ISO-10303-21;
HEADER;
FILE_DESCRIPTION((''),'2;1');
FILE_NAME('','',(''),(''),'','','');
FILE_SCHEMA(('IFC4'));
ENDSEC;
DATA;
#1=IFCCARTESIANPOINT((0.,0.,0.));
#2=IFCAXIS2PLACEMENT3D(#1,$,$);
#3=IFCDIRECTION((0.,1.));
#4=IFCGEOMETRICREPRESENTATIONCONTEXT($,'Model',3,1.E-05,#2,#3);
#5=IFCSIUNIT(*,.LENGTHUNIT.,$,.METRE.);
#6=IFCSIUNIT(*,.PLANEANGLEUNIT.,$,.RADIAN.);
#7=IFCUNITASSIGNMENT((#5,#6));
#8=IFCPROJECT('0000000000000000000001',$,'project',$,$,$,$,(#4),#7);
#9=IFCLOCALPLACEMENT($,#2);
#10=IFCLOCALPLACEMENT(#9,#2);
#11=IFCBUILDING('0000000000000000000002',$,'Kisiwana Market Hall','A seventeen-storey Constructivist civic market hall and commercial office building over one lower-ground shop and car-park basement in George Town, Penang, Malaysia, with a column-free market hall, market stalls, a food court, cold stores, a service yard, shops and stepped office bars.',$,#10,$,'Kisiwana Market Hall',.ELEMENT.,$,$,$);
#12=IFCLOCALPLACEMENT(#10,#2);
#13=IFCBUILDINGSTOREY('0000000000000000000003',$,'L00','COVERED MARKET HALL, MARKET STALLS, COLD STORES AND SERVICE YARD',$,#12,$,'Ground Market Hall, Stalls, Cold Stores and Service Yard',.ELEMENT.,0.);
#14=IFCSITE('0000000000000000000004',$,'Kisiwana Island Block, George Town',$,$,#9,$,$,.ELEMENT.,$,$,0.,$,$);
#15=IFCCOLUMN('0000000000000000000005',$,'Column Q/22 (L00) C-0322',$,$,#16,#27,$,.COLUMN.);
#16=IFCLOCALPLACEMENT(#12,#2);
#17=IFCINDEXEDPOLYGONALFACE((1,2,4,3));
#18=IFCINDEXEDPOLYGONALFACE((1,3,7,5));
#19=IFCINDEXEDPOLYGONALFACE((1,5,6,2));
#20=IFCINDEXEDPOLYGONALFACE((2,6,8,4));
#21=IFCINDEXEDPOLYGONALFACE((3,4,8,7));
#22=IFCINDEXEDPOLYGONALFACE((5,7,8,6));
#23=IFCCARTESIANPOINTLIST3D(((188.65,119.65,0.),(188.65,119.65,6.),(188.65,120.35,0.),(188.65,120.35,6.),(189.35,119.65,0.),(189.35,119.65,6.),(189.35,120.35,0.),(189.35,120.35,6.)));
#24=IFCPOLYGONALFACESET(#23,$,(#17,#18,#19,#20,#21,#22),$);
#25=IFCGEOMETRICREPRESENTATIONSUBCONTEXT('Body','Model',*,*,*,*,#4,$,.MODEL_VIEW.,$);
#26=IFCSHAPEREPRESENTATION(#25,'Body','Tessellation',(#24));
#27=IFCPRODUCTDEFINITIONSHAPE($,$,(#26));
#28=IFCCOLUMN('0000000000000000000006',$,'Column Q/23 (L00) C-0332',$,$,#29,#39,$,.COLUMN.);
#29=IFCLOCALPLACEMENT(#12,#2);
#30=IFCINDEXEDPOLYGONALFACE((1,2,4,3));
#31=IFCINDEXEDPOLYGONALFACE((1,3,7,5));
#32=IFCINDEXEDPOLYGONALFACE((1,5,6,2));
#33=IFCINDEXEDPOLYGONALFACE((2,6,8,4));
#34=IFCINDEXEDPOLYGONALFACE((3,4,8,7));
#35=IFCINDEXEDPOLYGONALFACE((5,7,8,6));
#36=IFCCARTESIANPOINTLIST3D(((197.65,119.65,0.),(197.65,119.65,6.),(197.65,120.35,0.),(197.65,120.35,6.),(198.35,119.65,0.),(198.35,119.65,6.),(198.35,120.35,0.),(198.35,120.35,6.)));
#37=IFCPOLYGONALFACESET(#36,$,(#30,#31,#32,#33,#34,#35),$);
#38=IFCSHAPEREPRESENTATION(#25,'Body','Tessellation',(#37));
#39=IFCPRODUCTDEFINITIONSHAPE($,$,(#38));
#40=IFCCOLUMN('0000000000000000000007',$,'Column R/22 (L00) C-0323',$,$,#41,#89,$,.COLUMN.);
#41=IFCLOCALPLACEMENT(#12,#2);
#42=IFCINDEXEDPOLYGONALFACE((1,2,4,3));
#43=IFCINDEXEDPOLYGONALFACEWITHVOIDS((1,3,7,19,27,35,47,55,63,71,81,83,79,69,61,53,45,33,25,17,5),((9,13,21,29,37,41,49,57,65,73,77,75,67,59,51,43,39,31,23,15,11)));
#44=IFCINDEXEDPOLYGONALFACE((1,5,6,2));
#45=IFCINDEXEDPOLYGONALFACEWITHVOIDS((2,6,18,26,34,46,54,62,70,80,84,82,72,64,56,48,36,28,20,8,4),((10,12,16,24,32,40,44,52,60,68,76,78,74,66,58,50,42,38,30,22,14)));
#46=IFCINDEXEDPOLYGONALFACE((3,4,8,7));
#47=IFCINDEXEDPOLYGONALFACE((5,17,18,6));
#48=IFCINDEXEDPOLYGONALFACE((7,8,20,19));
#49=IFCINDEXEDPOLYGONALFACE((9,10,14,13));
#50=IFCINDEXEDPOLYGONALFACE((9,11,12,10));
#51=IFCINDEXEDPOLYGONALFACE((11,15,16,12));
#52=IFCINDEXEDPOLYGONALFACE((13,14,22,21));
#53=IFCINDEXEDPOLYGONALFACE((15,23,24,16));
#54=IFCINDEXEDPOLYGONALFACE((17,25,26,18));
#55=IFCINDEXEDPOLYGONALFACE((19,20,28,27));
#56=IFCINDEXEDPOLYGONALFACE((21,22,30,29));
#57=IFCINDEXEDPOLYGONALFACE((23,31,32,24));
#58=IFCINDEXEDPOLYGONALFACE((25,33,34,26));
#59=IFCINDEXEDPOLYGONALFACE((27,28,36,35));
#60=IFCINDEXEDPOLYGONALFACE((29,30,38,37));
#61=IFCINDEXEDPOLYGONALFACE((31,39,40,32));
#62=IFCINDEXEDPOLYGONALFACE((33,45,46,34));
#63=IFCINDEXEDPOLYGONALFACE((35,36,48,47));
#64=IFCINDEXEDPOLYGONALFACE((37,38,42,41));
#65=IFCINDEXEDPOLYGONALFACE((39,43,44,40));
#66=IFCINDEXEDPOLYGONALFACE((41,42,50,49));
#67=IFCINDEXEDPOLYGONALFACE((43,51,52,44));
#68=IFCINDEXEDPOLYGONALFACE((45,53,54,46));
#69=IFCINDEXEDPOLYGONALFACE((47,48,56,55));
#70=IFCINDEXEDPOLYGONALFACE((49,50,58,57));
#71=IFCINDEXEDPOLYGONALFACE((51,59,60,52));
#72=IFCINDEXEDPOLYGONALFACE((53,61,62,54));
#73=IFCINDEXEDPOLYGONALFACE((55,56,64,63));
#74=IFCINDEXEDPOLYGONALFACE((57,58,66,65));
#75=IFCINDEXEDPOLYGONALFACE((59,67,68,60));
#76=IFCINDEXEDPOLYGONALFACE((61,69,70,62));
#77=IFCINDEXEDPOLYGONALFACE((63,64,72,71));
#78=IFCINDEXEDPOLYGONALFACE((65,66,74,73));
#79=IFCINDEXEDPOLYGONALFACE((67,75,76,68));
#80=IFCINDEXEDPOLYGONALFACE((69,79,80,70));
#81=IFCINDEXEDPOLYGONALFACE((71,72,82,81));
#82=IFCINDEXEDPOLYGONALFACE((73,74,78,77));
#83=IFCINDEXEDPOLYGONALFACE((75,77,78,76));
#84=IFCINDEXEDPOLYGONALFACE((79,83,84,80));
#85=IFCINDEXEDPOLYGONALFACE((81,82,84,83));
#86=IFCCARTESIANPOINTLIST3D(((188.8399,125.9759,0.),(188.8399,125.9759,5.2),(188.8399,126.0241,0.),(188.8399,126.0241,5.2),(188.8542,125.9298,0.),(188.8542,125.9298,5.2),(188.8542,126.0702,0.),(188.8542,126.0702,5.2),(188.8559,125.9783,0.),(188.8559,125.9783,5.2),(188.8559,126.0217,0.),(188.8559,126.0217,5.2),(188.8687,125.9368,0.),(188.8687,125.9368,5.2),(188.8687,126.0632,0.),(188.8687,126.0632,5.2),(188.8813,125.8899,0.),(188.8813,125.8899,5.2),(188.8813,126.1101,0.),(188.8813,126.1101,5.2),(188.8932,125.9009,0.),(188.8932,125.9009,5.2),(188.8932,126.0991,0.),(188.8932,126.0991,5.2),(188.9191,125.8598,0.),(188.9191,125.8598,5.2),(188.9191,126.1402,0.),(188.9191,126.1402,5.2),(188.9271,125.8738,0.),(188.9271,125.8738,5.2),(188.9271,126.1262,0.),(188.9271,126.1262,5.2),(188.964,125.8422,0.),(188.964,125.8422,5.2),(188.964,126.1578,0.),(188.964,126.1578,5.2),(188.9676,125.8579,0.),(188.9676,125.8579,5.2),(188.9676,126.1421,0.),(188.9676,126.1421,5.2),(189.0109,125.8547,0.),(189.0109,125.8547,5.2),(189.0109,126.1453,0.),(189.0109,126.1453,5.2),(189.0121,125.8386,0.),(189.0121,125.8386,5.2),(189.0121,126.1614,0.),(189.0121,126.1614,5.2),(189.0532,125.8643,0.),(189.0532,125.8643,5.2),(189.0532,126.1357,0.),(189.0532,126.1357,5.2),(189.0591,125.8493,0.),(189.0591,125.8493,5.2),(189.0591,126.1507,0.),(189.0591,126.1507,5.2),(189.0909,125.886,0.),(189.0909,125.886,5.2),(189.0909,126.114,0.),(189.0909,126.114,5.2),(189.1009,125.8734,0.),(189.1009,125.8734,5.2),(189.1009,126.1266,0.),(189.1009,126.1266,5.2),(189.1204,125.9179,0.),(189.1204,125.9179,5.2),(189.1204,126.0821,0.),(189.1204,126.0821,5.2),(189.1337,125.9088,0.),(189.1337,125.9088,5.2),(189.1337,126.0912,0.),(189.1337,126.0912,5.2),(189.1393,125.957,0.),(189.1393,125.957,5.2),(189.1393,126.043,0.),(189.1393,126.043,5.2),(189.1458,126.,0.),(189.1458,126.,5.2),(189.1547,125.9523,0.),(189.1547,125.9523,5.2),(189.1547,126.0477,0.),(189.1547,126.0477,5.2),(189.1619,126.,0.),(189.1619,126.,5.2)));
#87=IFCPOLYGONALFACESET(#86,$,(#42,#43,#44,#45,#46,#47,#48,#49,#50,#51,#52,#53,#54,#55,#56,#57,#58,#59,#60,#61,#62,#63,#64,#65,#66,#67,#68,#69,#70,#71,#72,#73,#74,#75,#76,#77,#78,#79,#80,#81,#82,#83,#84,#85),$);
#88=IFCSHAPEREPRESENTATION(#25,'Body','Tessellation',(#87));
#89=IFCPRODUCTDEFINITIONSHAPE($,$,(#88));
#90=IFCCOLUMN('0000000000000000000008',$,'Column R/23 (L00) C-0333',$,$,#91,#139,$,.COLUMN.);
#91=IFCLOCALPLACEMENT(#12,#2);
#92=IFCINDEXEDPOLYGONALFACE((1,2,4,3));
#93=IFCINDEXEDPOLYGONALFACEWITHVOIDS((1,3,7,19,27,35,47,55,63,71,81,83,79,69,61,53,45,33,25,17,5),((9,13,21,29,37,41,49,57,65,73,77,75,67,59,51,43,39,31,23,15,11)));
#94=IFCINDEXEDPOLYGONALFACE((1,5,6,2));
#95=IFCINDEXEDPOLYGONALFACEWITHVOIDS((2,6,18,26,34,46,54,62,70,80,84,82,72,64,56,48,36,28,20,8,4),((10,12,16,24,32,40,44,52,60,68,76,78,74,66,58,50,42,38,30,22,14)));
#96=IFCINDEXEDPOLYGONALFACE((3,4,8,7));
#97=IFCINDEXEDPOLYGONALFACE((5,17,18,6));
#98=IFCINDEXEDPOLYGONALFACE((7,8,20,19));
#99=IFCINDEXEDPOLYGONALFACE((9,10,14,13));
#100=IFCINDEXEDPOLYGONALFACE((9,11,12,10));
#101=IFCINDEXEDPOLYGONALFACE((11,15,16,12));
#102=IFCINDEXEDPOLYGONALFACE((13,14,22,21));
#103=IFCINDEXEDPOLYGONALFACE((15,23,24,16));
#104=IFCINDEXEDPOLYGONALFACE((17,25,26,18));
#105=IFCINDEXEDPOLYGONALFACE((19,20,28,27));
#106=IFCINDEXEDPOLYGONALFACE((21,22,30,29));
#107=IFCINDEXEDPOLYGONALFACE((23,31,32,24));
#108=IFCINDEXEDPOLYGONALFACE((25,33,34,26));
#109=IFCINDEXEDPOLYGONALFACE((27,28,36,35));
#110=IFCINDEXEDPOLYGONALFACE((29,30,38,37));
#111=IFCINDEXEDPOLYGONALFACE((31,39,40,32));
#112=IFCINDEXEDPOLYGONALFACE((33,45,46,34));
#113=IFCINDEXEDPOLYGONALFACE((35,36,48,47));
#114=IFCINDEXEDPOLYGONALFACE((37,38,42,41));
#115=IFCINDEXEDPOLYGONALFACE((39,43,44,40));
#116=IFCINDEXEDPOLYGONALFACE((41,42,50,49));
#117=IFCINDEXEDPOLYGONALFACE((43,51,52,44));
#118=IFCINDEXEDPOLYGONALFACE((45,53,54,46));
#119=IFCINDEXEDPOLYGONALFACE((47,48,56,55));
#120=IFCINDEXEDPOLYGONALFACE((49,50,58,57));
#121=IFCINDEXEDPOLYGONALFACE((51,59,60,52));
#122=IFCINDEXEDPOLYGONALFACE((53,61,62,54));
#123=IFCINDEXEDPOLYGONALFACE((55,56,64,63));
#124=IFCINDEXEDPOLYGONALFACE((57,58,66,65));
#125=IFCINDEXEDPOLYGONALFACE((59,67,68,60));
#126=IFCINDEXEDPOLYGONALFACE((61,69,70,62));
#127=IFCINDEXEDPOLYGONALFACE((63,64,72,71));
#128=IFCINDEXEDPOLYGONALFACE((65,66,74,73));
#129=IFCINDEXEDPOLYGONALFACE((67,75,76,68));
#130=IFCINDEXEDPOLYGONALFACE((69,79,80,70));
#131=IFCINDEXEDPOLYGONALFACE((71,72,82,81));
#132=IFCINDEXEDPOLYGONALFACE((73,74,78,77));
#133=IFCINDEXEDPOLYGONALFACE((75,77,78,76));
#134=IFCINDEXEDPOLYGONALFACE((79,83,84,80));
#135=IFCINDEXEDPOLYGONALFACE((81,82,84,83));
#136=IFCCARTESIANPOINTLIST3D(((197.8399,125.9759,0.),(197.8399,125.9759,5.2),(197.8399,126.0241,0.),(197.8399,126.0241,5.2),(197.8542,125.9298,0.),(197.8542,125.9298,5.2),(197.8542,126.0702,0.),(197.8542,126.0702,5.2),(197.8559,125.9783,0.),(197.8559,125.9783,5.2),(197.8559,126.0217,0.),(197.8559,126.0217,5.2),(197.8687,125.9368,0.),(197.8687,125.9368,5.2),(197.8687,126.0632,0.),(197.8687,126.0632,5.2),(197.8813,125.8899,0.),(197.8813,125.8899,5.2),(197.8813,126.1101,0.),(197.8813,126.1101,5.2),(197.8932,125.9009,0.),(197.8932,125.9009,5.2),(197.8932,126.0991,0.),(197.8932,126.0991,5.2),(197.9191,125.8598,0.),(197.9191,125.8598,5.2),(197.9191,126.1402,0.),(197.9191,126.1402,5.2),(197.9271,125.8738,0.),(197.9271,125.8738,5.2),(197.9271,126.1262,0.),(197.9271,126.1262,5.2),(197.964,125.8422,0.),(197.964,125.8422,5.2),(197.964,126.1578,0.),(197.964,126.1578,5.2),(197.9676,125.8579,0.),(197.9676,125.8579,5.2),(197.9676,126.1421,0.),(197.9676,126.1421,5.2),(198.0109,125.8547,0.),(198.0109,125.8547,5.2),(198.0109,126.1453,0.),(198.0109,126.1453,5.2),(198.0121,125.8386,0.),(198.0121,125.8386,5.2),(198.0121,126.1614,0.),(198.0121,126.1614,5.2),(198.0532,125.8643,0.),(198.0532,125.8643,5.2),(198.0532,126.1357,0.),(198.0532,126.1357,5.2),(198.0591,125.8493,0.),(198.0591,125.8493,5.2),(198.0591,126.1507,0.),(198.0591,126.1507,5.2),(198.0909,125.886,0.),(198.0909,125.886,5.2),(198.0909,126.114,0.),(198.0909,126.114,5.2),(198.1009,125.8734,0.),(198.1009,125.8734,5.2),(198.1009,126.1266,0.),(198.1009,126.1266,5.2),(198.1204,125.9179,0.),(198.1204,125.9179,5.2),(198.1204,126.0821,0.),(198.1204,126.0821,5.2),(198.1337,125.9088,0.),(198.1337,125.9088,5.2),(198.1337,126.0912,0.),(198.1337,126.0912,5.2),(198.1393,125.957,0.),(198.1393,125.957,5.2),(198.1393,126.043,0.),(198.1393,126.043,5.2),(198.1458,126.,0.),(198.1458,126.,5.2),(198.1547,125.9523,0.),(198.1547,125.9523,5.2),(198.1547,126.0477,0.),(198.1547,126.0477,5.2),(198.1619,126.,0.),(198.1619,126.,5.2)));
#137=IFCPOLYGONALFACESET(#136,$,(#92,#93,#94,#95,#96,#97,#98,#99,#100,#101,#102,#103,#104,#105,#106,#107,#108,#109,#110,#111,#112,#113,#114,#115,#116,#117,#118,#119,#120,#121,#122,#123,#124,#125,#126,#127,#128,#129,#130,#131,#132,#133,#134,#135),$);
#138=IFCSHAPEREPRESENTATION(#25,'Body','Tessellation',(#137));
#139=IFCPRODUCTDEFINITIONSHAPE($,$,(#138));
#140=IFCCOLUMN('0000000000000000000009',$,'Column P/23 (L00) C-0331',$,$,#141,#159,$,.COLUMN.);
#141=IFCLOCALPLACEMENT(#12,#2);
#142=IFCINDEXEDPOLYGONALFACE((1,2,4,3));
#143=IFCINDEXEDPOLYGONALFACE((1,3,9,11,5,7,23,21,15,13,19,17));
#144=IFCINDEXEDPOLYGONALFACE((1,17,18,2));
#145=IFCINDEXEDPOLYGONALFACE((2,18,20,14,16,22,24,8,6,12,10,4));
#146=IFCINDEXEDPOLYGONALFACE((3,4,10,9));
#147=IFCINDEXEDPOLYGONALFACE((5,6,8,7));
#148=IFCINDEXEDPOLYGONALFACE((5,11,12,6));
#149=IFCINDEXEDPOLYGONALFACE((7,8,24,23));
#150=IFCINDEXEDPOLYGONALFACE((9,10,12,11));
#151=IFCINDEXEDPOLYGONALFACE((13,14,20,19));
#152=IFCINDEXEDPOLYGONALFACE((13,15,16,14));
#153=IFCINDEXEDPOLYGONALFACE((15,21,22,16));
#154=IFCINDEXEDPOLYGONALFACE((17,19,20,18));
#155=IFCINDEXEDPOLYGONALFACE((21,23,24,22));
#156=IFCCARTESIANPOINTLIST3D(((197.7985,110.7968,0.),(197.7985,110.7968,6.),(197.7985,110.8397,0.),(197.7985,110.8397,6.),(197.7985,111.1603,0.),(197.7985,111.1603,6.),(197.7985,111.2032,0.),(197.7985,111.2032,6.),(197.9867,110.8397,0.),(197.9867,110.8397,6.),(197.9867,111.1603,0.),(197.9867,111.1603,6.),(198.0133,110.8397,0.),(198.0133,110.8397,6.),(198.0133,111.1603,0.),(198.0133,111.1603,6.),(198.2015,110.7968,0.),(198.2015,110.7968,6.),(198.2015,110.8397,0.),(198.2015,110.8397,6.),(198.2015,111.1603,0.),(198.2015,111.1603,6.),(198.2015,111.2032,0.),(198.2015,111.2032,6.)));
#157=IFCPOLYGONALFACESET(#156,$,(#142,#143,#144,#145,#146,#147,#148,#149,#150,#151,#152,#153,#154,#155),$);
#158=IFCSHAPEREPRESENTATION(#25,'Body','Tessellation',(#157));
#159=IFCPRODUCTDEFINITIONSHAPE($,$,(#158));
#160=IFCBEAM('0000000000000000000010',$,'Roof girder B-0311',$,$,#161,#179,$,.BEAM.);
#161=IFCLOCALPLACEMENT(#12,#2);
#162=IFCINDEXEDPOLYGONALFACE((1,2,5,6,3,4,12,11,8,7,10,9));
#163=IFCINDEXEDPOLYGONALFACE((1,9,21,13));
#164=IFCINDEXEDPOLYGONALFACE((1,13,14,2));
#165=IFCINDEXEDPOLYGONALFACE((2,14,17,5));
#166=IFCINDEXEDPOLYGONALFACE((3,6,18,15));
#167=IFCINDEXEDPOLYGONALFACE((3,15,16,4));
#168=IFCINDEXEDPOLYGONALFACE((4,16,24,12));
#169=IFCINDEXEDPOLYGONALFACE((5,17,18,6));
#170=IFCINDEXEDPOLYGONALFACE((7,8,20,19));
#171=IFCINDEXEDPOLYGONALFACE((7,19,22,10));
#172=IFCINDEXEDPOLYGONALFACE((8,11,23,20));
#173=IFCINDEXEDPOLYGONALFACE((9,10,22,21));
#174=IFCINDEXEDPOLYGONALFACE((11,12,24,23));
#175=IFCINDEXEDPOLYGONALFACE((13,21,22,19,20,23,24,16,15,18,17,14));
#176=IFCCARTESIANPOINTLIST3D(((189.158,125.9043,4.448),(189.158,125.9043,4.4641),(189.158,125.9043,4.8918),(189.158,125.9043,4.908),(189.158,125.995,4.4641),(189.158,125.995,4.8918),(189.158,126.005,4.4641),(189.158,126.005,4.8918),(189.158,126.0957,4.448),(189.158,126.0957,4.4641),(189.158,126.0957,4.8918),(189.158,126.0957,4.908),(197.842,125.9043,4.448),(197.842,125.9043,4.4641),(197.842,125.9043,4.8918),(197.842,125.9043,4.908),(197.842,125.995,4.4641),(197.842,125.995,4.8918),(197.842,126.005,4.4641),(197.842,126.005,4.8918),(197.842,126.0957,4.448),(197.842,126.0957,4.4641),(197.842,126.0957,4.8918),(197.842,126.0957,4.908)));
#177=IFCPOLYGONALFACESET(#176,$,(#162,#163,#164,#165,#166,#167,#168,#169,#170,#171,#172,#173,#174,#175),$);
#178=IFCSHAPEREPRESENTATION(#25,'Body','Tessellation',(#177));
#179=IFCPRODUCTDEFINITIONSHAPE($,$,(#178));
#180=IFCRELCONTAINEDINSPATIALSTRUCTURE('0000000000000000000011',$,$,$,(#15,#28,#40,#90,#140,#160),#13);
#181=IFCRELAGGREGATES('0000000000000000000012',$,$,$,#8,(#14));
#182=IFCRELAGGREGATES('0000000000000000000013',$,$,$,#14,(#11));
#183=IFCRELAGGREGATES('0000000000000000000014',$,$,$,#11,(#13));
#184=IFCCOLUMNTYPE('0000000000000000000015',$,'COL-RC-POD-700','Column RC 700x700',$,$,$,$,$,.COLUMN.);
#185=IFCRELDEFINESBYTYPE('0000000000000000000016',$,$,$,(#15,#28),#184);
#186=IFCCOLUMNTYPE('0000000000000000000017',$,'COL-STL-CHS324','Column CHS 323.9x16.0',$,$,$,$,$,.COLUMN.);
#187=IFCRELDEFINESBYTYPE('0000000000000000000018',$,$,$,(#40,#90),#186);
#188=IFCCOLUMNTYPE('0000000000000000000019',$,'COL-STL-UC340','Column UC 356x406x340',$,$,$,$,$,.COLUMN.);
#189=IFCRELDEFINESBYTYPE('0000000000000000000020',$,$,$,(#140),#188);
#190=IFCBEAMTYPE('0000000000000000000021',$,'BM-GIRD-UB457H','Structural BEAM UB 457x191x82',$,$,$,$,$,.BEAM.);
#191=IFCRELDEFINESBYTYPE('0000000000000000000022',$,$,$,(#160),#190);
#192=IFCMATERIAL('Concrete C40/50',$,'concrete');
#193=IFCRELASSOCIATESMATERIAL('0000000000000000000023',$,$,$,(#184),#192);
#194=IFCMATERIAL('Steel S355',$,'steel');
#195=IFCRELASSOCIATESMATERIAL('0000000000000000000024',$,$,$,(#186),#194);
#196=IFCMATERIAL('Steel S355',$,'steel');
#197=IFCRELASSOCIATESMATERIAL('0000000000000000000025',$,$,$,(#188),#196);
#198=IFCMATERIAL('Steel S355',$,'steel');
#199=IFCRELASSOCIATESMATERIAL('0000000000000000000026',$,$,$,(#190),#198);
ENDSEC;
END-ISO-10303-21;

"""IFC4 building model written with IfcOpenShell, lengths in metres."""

from ifc_helpers import new_model, si_unit, direction, frame, origin, origin_2d, place, context, subcontext, project, spatial, rectangle, hollow_circle, i_section, extrude, material, material_profile, profile_set, type_object, element, save


model = new_model("IFC4")

# Units and contexts
model_context = context("Model", 3, precision=1e-05, world=origin(), true_north=direction((0.0, 1.0)))
body_context = subcontext(model_context, "Body", "Model", "MODEL_VIEW")
ifc_project = project(units=[si_unit("LENGTHUNIT", "METRE"), si_unit("PLANEANGLEUNIT", "RADIAN")], contexts=[model_context])

# Site, building, storey
site_placement = place(None, origin())
site = spatial("IfcSite", under=ifc_project, at=site_placement, Name="Kisiwana Island Block, George Town", CompositionType="ELEMENT", RefElevation=0.0)
building_placement = place(site_placement, origin())
building = spatial("IfcBuilding", under=site, at=building_placement, Name="Kisiwana Market Hall", Description="A seventeen-storey Constructivist civic market hall and commercial office building over one lower-ground shop and car-park basement in George Town, Penang, Malaysia, with a column-free market hall, market stalls, a food court, cold stores, a service yard, shops and stepped office bars.", LongName="Kisiwana Market Hall", CompositionType="ELEMENT")
storey_placement = place(building_placement, origin())
storey = spatial("IfcBuildingStorey", under=building, at=storey_placement, Name="L00", Description="COVERED MARKET HALL, MARKET STALLS, COLD STORES AND SERVICE YARD", LongName="Ground Market Hall, Stalls, Cold Stores and Service Yard", CompositionType="ELEMENT", Elevation=0.0)

# Columns
ifc_material_1 = material(Name="Concrete C40/50", Category="concrete")
ifc_material_profile_1 = material_profile(ifc_material_1, rectangle(XDim=0.7, YDim=0.7, at=origin_2d()), Name="RC 700x700")
ifc_profile_set_1 = profile_set([ifc_material_profile_1], Name="Concrete C40/50")
column_type_1 = type_object("IfcColumnType", Name="COL-RC-POD-700", Description="Column RC 700x700", PredefinedType="COLUMN", material=ifc_profile_set_1)
for number, where, z_axis, x_axis, name in (
    (1, (189.0, 120.0, 0.0), (0.0, 0.0, 1.0), (1.0, 0.0, 0.0), "Column Q/22 (L00) C-0322"),
    (2, (198.0, 120.0, 0.0), (0.0, 0.0, 1.0), (1.0, 0.0, 0.0), "Column Q/23 (L00) C-0332"),
):
    element("IfcColumn", number, at=place(storey_placement, frame(where, z_axis=z_axis, x_axis=x_axis)), inside=storey, type_object=column_type_1, Name=name, PredefinedType="COLUMN", context=body_context, shape_type="SweptSolid", body=[
        extrude(rectangle(XDim=0.7, YDim=0.7, at=origin_2d()), origin(), (0.0, 0.0, 1.0), 6.0),
    ])
ifc_material_2 = material(Name="Steel S355", Category="steel")
ifc_material_profile_2 = material_profile(ifc_material_2, hollow_circle(Radius=0.1619, WallThickness=0.0161, at=origin_2d()), Name="CHS 323.9x16.0")
ifc_profile_set_2 = profile_set([ifc_material_profile_2], Name="Steel S355")
column_type_2 = type_object("IfcColumnType", Name="COL-STL-CHS324", Description="Column CHS 323.9x16.0", PredefinedType="COLUMN", material=ifc_profile_set_2)
for number, where, z_axis, x_axis, name in (
    (3, (189.0, 126.0, 0.0), (0.0, 0.0, 1.0), (1.0, 0.0, 0.0), "Column R/22 (L00) C-0323"),
    (4, (198.0, 126.0, 0.0), (0.0, 0.0, 1.0), (1.0, 0.0, 0.0), "Column R/23 (L00) C-0333"),
):
    element("IfcColumn", number, at=place(storey_placement, frame(where, z_axis=z_axis, x_axis=x_axis)), inside=storey, type_object=column_type_2, Name=name, PredefinedType="COLUMN", context=body_context, shape_type="SweptSolid", body=[
        extrude(hollow_circle(Radius=0.1619, WallThickness=0.0161, at=origin_2d()), origin(), (0.0, 0.0, 1.0), 5.2),
    ])
ifc_material_3 = material(Name="Steel S355", Category="steel")
ifc_material_profile_3 = material_profile(ifc_material_3, i_section(OverallWidth=0.4031, OverallDepth=0.4065, WebThickness=0.0266, FlangeThickness=0.043, at=origin_2d()), Name="UC 356x406x340")
ifc_profile_set_3 = profile_set([ifc_material_profile_3], Name="Steel S355")
column_type_3 = type_object("IfcColumnType", Name="COL-STL-UC340", Description="Column UC 356x406x340", PredefinedType="COLUMN", material=ifc_profile_set_3)
column_placement = place(storey_placement, frame((198.0, 111.0, 0.0), z_axis=(0.0, 0.0, 1.0), x_axis=(1.0, 0.0, 0.0)))
element("IfcColumn", 5, at=column_placement, inside=storey, type_object=column_type_3, Name="Column P/23 (L00) C-0331", PredefinedType="COLUMN", context=body_context, shape_type="SweptSolid", body=[
    extrude(i_section(OverallWidth=0.4031, OverallDepth=0.4065, WebThickness=0.0266, FlangeThickness=0.043, at=origin_2d()), origin(), (0.0, 0.0, 1.0), 6.0),
])

# Beam
ifc_material_4 = material(Name="Steel S355", Category="steel")
ifc_material_profile_4 = material_profile(ifc_material_4, i_section(OverallWidth=0.1914, OverallDepth=0.46, WebThickness=0.01, FlangeThickness=0.0161, at=origin_2d()), Name="UB 457x191x82")
ifc_profile_set_4 = profile_set([ifc_material_profile_4], Name="Steel S355")
beam_type_1 = type_object("IfcBeamType", Name="BM-GIRD-UB457H", Description="Structural BEAM UB 457x191x82", PredefinedType="BEAM", material=ifc_profile_set_4)
beam_1_placement = place(storey_placement, frame((189.158, 126.0, 4.678), z_axis=(1.0, 0.0, 0.0), x_axis=(0.0, 1.0, 0.0)))
element("IfcBeam", 6, at=beam_1_placement, inside=storey, type_object=beam_type_1, Name="Roof girder B-0311", PredefinedType="BEAM", context=body_context, shape_type="SweptSolid", body=[
    extrude(i_section(OverallWidth=0.1914, OverallDepth=0.46, WebThickness=0.01, FlangeThickness=0.0161, at=origin_2d()), origin(), (0.0, 0.0, 1.0), 8.6841),
])

save(model, "model.ifc")
